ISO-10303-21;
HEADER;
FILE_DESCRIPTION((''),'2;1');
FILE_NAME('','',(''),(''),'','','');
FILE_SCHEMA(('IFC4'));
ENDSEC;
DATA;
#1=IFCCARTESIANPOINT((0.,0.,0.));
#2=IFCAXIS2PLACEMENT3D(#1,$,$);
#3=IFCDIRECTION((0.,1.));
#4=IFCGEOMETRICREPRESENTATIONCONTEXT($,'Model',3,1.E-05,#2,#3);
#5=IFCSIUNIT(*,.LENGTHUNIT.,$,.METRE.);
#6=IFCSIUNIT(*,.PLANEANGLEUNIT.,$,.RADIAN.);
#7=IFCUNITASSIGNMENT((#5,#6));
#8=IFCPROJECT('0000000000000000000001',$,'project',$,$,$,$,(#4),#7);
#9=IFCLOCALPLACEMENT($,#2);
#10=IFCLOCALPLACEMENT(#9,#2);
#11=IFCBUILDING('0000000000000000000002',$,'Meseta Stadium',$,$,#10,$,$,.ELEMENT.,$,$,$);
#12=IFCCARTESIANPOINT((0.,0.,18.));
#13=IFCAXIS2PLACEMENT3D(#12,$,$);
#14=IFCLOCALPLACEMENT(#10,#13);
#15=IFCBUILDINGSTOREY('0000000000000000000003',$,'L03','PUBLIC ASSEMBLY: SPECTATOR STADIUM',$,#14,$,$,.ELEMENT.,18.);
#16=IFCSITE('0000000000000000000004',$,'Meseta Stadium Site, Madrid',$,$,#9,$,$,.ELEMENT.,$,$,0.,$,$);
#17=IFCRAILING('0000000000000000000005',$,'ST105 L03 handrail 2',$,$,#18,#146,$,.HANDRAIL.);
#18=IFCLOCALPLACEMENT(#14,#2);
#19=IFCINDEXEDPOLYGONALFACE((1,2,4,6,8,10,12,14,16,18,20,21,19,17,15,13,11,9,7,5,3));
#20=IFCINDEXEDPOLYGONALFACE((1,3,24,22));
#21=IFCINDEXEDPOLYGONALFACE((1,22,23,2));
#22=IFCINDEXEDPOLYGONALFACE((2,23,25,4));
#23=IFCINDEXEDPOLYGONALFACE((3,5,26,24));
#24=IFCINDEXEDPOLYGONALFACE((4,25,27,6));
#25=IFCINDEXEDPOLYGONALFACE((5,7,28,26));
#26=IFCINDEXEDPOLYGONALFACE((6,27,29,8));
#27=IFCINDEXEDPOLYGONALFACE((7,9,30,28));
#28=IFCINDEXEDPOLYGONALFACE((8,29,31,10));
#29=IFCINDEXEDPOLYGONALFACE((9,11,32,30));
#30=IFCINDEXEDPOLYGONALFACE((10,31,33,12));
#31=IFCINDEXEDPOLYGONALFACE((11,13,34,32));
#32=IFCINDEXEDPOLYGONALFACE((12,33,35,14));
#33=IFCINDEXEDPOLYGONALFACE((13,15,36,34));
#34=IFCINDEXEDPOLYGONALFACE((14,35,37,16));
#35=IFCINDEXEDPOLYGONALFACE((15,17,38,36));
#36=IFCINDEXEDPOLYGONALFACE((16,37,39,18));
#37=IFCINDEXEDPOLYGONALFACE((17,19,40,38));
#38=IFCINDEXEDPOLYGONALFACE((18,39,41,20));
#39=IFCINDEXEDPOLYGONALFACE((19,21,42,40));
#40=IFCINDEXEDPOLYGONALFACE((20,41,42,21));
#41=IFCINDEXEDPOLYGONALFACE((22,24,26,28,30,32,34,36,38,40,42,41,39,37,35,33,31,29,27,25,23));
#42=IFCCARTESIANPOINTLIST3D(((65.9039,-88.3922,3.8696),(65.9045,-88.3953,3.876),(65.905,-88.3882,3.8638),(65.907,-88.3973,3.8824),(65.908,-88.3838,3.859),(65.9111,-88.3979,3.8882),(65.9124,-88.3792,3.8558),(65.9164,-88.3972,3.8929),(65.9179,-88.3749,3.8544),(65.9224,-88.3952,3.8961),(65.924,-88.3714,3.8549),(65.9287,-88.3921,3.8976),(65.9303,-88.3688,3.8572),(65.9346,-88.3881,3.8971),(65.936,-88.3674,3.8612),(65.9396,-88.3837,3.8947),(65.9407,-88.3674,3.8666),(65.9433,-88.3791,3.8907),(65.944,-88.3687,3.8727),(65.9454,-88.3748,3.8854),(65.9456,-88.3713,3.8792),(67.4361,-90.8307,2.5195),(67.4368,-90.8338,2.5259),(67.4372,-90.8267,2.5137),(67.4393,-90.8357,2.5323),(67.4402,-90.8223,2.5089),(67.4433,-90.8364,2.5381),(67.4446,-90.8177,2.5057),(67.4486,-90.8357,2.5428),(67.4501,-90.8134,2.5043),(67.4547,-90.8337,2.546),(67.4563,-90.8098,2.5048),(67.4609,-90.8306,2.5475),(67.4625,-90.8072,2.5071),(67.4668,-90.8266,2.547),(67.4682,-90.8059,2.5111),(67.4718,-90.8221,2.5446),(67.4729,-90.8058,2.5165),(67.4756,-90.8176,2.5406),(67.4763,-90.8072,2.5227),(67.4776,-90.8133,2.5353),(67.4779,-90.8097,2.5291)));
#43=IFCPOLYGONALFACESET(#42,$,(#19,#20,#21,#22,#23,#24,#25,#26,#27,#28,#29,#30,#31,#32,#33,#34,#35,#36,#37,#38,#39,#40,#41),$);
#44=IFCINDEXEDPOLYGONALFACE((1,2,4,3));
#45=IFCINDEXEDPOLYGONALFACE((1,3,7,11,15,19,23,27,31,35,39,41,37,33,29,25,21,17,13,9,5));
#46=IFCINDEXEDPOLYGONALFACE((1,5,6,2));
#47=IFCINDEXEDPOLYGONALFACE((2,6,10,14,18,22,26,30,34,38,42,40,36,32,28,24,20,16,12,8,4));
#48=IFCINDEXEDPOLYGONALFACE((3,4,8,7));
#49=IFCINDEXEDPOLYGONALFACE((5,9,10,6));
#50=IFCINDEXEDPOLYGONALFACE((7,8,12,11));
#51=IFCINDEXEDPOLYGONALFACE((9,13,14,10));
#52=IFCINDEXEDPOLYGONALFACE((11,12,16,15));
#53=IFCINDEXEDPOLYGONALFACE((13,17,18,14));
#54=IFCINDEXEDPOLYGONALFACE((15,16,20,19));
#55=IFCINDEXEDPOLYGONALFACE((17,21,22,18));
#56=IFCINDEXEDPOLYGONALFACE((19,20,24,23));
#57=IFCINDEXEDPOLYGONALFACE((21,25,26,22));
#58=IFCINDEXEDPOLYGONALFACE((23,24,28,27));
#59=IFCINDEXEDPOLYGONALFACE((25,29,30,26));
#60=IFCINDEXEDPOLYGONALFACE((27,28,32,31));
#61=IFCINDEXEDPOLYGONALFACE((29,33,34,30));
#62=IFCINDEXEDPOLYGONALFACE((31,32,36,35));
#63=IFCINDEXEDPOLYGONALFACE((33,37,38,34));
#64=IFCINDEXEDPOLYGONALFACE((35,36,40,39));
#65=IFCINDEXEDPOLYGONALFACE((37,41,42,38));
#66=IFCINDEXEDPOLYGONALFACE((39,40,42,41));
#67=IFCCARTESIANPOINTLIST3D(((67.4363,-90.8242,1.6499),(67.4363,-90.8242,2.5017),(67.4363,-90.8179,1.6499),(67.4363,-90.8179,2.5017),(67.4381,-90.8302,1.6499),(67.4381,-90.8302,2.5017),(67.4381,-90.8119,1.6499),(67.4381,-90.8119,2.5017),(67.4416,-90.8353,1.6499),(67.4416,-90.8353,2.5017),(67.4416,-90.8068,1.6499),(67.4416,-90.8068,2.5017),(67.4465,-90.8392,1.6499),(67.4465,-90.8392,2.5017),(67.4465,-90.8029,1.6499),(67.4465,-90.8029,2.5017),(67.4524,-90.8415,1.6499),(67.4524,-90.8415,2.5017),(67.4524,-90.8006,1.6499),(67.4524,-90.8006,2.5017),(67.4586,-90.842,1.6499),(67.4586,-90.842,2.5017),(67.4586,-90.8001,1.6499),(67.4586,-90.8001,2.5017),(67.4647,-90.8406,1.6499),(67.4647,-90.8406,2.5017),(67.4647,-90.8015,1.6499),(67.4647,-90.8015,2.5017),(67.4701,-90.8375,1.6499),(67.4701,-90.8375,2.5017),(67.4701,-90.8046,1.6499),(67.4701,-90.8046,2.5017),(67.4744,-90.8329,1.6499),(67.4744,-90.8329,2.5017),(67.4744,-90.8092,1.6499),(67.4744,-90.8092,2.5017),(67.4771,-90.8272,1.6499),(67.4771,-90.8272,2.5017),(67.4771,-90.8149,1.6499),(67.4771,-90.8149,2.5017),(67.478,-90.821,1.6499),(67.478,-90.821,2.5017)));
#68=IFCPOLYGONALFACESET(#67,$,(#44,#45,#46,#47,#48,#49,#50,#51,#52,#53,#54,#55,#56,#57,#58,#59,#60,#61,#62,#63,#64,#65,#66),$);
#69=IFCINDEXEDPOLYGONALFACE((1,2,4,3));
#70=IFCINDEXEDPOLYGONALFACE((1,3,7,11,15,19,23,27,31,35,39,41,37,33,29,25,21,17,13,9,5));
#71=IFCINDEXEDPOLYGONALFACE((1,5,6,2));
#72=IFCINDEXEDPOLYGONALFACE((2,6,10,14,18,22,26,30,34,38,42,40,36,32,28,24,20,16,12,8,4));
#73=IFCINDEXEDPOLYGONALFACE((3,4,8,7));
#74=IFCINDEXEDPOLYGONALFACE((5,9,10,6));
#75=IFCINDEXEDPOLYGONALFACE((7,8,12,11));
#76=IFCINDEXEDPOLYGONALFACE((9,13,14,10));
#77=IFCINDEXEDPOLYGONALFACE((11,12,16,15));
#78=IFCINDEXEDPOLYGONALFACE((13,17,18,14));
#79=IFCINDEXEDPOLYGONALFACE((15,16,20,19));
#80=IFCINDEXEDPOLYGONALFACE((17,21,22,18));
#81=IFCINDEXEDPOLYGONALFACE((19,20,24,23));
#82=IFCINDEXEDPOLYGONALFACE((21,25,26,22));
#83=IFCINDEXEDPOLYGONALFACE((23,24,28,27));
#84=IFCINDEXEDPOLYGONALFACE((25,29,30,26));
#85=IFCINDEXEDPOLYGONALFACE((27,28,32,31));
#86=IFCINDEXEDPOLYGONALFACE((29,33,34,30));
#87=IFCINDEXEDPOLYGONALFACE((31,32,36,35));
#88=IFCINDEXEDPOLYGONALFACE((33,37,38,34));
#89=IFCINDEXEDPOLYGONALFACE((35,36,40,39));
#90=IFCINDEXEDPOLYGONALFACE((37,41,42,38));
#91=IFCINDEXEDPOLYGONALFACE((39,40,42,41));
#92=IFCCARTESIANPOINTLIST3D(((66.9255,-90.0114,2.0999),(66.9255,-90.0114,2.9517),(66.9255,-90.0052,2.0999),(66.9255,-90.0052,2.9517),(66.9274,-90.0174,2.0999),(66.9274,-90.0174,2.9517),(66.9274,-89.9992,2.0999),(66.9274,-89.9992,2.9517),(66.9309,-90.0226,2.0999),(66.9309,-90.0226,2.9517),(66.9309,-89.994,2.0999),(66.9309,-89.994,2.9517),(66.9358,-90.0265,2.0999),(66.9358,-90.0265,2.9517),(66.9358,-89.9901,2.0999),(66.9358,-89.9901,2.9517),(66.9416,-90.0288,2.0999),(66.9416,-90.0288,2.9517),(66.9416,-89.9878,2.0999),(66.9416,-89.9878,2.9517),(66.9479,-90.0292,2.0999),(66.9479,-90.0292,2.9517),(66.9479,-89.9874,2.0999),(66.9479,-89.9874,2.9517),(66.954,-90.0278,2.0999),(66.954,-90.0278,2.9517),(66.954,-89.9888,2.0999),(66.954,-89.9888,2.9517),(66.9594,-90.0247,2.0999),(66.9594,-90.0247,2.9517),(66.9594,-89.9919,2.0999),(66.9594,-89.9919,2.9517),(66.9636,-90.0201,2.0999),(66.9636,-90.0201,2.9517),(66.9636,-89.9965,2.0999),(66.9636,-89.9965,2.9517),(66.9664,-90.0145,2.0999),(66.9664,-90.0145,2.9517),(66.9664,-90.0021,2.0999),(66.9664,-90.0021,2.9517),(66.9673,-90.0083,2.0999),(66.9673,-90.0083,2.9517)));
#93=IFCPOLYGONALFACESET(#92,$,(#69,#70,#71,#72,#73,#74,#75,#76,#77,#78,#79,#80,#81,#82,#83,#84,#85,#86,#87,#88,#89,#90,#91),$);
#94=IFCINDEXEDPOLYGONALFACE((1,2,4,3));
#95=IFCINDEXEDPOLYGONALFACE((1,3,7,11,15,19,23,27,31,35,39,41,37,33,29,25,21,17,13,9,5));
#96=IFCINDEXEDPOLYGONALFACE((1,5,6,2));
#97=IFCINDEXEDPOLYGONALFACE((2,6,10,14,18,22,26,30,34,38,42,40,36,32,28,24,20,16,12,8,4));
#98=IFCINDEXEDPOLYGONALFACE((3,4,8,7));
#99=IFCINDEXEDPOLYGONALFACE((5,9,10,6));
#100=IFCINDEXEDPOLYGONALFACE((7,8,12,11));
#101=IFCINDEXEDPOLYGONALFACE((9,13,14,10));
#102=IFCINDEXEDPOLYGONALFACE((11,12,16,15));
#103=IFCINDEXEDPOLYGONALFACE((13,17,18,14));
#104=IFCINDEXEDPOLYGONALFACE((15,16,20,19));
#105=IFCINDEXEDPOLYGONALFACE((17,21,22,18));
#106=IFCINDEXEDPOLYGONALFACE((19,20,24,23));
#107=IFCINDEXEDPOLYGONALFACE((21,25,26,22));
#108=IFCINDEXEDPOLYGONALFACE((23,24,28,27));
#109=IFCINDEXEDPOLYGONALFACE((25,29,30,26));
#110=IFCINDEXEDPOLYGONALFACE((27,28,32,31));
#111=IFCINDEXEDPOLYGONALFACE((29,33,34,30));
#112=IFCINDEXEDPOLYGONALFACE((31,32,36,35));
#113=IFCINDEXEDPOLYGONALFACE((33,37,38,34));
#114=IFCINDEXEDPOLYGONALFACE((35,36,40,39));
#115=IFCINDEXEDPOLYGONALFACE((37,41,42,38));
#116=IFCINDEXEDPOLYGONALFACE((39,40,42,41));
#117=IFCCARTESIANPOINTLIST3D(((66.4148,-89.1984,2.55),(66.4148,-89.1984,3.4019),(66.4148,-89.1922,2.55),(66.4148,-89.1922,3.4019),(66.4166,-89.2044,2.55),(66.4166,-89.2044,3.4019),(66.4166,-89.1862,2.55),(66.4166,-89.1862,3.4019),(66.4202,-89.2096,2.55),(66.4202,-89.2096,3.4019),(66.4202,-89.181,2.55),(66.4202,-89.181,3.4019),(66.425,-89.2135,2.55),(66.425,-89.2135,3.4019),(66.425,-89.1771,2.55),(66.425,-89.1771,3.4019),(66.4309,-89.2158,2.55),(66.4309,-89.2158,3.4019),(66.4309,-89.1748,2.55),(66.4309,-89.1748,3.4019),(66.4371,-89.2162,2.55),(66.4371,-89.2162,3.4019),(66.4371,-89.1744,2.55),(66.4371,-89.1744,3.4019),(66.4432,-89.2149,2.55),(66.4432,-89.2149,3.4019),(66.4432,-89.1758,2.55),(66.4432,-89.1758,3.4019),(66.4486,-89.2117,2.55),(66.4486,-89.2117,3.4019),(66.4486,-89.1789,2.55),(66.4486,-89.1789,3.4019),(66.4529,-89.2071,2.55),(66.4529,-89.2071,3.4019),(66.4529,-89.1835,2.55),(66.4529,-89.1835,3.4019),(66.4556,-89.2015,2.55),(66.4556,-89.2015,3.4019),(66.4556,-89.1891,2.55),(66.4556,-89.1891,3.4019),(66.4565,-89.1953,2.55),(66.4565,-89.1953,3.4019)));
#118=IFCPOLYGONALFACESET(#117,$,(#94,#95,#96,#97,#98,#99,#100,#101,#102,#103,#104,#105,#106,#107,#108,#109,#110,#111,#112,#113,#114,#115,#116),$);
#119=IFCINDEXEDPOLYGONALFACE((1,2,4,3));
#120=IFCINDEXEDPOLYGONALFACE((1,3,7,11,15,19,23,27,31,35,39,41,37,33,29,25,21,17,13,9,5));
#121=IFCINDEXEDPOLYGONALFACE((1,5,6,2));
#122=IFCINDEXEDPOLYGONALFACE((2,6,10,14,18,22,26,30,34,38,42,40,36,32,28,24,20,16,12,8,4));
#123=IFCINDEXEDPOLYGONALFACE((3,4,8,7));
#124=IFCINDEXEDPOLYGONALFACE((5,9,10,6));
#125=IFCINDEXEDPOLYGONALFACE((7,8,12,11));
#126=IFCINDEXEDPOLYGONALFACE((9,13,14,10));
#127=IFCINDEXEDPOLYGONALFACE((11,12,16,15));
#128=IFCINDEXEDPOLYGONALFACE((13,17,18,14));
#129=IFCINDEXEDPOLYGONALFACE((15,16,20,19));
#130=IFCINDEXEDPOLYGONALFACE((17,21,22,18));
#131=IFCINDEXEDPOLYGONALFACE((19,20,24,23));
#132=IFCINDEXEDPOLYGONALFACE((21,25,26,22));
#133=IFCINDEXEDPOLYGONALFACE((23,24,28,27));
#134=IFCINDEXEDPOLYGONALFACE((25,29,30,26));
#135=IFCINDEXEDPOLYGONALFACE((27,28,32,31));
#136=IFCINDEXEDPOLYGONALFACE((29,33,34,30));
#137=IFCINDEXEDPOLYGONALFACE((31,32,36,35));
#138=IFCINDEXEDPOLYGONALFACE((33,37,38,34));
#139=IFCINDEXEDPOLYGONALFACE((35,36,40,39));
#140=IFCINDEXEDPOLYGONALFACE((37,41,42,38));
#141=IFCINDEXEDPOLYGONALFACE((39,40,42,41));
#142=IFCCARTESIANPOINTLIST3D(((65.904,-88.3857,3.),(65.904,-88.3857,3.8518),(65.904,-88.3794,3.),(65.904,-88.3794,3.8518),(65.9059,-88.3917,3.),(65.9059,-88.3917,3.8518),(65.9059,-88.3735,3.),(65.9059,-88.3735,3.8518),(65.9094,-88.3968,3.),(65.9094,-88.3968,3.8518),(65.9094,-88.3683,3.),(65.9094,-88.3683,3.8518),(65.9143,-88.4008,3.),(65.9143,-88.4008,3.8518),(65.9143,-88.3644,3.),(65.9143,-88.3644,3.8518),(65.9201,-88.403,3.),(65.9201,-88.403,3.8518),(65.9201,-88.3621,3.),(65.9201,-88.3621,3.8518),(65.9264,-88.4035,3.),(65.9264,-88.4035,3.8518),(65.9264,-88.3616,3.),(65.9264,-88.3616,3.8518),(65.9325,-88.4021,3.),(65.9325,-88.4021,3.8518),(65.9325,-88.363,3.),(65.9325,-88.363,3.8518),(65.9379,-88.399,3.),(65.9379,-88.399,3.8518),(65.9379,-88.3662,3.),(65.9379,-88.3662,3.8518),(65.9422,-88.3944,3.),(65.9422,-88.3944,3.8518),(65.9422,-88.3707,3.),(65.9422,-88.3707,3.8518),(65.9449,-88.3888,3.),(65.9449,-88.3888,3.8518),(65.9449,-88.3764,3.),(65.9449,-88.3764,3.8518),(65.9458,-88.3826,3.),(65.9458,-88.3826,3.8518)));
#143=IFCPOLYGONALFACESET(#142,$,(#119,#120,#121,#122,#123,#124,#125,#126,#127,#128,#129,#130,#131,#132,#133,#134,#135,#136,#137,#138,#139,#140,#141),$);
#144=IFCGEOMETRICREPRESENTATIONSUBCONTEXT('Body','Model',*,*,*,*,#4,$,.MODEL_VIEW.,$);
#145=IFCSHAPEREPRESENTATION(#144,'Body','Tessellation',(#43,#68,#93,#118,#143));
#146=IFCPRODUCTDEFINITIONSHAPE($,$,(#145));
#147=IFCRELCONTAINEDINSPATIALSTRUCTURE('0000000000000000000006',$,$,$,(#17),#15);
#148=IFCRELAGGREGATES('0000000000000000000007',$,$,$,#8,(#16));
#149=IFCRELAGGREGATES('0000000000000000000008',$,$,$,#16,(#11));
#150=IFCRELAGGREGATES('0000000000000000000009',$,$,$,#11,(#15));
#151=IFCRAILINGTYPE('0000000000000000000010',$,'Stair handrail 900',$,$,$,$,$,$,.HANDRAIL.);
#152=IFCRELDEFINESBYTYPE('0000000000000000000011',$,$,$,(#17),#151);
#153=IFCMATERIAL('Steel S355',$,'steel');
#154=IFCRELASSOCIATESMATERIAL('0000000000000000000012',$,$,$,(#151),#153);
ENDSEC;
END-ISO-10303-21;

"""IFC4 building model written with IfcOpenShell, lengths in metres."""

from ifc_helpers import new_model, si_unit, direction, frame, origin, origin_2d, place, context, subcontext, project, spatial, circle, extrude, material, type_object, element, save


model = new_model("IFC4")

# Units and contexts
model_context = context("Model", 3, precision=1e-05, world=origin(), true_north=direction((0.0, 1.0)))
body_context = subcontext(model_context, "Body", "Model", "MODEL_VIEW")
ifc_project = project(units=[si_unit("LENGTHUNIT", "METRE"), si_unit("PLANEANGLEUNIT", "RADIAN")], contexts=[model_context])

# Site, building, storey
site_placement = place(None, origin())
site = spatial("IfcSite", under=ifc_project, at=site_placement, Name="Meseta Stadium Site, Madrid", CompositionType="ELEMENT", RefElevation=0.0)
building_placement = place(site_placement, origin())
building = spatial("IfcBuilding", under=site, at=building_placement, Name="Meseta Stadium", CompositionType="ELEMENT")
storey_placement = place(building_placement, frame((0.0, 0.0, 18.0)))
storey = spatial("IfcBuildingStorey", under=building, at=storey_placement, Name="L03", Description="PUBLIC ASSEMBLY: SPECTATOR STADIUM", CompositionType="ELEMENT", Elevation=18.0)

# Railing
ifc_material_1 = material(Name="Steel S355", Category="steel")
railing_type_1 = type_object("IfcRailingType", Name="Stair handrail 900", PredefinedType="HANDRAIL", material=ifc_material_1)
for number, where, name in (
    (1, (67.457, -90.821, 1.6499), "ST105 L03 handrail 2"),
):
    element("IfcRailing", number, at=place(storey_placement, frame(where)), inside=storey, type_object=railing_type_1, Name=name, PredefinedType="HANDRAIL", context=body_context, shape_type="SweptSolid", body=[
        extrude(circle(Radius=0.0239, at=origin_2d()), frame((0.0, 0.0, 0.876), z_axis=(-0.481731, 0.766655, 0.42447), x_axis=(-0.846719, -0.53204, 0.0)), (0.0, 0.0, 1.0), 3.1807),
        extrude(circle(Radius=0.021, at=origin_2d()), origin(), (0.0, 0.0, 1.0), 0.8518),
        extrude(circle(Radius=0.021, at=origin_2d()), frame((-0.5107, 0.8127, 0.45)), (0.0, 0.0, 1.0), 0.8518),
        extrude(circle(Radius=0.021, at=origin_2d()), frame((-1.0215, 1.6257, 0.9001)), (0.0, 0.0, 1.0), 0.8518),
        extrude(circle(Radius=0.021, at=origin_2d()), frame((-1.5322, 2.4385, 1.3501)), (0.0, 0.0, 1.0), 0.8518),
    ])

save(model, "model.ifc")
